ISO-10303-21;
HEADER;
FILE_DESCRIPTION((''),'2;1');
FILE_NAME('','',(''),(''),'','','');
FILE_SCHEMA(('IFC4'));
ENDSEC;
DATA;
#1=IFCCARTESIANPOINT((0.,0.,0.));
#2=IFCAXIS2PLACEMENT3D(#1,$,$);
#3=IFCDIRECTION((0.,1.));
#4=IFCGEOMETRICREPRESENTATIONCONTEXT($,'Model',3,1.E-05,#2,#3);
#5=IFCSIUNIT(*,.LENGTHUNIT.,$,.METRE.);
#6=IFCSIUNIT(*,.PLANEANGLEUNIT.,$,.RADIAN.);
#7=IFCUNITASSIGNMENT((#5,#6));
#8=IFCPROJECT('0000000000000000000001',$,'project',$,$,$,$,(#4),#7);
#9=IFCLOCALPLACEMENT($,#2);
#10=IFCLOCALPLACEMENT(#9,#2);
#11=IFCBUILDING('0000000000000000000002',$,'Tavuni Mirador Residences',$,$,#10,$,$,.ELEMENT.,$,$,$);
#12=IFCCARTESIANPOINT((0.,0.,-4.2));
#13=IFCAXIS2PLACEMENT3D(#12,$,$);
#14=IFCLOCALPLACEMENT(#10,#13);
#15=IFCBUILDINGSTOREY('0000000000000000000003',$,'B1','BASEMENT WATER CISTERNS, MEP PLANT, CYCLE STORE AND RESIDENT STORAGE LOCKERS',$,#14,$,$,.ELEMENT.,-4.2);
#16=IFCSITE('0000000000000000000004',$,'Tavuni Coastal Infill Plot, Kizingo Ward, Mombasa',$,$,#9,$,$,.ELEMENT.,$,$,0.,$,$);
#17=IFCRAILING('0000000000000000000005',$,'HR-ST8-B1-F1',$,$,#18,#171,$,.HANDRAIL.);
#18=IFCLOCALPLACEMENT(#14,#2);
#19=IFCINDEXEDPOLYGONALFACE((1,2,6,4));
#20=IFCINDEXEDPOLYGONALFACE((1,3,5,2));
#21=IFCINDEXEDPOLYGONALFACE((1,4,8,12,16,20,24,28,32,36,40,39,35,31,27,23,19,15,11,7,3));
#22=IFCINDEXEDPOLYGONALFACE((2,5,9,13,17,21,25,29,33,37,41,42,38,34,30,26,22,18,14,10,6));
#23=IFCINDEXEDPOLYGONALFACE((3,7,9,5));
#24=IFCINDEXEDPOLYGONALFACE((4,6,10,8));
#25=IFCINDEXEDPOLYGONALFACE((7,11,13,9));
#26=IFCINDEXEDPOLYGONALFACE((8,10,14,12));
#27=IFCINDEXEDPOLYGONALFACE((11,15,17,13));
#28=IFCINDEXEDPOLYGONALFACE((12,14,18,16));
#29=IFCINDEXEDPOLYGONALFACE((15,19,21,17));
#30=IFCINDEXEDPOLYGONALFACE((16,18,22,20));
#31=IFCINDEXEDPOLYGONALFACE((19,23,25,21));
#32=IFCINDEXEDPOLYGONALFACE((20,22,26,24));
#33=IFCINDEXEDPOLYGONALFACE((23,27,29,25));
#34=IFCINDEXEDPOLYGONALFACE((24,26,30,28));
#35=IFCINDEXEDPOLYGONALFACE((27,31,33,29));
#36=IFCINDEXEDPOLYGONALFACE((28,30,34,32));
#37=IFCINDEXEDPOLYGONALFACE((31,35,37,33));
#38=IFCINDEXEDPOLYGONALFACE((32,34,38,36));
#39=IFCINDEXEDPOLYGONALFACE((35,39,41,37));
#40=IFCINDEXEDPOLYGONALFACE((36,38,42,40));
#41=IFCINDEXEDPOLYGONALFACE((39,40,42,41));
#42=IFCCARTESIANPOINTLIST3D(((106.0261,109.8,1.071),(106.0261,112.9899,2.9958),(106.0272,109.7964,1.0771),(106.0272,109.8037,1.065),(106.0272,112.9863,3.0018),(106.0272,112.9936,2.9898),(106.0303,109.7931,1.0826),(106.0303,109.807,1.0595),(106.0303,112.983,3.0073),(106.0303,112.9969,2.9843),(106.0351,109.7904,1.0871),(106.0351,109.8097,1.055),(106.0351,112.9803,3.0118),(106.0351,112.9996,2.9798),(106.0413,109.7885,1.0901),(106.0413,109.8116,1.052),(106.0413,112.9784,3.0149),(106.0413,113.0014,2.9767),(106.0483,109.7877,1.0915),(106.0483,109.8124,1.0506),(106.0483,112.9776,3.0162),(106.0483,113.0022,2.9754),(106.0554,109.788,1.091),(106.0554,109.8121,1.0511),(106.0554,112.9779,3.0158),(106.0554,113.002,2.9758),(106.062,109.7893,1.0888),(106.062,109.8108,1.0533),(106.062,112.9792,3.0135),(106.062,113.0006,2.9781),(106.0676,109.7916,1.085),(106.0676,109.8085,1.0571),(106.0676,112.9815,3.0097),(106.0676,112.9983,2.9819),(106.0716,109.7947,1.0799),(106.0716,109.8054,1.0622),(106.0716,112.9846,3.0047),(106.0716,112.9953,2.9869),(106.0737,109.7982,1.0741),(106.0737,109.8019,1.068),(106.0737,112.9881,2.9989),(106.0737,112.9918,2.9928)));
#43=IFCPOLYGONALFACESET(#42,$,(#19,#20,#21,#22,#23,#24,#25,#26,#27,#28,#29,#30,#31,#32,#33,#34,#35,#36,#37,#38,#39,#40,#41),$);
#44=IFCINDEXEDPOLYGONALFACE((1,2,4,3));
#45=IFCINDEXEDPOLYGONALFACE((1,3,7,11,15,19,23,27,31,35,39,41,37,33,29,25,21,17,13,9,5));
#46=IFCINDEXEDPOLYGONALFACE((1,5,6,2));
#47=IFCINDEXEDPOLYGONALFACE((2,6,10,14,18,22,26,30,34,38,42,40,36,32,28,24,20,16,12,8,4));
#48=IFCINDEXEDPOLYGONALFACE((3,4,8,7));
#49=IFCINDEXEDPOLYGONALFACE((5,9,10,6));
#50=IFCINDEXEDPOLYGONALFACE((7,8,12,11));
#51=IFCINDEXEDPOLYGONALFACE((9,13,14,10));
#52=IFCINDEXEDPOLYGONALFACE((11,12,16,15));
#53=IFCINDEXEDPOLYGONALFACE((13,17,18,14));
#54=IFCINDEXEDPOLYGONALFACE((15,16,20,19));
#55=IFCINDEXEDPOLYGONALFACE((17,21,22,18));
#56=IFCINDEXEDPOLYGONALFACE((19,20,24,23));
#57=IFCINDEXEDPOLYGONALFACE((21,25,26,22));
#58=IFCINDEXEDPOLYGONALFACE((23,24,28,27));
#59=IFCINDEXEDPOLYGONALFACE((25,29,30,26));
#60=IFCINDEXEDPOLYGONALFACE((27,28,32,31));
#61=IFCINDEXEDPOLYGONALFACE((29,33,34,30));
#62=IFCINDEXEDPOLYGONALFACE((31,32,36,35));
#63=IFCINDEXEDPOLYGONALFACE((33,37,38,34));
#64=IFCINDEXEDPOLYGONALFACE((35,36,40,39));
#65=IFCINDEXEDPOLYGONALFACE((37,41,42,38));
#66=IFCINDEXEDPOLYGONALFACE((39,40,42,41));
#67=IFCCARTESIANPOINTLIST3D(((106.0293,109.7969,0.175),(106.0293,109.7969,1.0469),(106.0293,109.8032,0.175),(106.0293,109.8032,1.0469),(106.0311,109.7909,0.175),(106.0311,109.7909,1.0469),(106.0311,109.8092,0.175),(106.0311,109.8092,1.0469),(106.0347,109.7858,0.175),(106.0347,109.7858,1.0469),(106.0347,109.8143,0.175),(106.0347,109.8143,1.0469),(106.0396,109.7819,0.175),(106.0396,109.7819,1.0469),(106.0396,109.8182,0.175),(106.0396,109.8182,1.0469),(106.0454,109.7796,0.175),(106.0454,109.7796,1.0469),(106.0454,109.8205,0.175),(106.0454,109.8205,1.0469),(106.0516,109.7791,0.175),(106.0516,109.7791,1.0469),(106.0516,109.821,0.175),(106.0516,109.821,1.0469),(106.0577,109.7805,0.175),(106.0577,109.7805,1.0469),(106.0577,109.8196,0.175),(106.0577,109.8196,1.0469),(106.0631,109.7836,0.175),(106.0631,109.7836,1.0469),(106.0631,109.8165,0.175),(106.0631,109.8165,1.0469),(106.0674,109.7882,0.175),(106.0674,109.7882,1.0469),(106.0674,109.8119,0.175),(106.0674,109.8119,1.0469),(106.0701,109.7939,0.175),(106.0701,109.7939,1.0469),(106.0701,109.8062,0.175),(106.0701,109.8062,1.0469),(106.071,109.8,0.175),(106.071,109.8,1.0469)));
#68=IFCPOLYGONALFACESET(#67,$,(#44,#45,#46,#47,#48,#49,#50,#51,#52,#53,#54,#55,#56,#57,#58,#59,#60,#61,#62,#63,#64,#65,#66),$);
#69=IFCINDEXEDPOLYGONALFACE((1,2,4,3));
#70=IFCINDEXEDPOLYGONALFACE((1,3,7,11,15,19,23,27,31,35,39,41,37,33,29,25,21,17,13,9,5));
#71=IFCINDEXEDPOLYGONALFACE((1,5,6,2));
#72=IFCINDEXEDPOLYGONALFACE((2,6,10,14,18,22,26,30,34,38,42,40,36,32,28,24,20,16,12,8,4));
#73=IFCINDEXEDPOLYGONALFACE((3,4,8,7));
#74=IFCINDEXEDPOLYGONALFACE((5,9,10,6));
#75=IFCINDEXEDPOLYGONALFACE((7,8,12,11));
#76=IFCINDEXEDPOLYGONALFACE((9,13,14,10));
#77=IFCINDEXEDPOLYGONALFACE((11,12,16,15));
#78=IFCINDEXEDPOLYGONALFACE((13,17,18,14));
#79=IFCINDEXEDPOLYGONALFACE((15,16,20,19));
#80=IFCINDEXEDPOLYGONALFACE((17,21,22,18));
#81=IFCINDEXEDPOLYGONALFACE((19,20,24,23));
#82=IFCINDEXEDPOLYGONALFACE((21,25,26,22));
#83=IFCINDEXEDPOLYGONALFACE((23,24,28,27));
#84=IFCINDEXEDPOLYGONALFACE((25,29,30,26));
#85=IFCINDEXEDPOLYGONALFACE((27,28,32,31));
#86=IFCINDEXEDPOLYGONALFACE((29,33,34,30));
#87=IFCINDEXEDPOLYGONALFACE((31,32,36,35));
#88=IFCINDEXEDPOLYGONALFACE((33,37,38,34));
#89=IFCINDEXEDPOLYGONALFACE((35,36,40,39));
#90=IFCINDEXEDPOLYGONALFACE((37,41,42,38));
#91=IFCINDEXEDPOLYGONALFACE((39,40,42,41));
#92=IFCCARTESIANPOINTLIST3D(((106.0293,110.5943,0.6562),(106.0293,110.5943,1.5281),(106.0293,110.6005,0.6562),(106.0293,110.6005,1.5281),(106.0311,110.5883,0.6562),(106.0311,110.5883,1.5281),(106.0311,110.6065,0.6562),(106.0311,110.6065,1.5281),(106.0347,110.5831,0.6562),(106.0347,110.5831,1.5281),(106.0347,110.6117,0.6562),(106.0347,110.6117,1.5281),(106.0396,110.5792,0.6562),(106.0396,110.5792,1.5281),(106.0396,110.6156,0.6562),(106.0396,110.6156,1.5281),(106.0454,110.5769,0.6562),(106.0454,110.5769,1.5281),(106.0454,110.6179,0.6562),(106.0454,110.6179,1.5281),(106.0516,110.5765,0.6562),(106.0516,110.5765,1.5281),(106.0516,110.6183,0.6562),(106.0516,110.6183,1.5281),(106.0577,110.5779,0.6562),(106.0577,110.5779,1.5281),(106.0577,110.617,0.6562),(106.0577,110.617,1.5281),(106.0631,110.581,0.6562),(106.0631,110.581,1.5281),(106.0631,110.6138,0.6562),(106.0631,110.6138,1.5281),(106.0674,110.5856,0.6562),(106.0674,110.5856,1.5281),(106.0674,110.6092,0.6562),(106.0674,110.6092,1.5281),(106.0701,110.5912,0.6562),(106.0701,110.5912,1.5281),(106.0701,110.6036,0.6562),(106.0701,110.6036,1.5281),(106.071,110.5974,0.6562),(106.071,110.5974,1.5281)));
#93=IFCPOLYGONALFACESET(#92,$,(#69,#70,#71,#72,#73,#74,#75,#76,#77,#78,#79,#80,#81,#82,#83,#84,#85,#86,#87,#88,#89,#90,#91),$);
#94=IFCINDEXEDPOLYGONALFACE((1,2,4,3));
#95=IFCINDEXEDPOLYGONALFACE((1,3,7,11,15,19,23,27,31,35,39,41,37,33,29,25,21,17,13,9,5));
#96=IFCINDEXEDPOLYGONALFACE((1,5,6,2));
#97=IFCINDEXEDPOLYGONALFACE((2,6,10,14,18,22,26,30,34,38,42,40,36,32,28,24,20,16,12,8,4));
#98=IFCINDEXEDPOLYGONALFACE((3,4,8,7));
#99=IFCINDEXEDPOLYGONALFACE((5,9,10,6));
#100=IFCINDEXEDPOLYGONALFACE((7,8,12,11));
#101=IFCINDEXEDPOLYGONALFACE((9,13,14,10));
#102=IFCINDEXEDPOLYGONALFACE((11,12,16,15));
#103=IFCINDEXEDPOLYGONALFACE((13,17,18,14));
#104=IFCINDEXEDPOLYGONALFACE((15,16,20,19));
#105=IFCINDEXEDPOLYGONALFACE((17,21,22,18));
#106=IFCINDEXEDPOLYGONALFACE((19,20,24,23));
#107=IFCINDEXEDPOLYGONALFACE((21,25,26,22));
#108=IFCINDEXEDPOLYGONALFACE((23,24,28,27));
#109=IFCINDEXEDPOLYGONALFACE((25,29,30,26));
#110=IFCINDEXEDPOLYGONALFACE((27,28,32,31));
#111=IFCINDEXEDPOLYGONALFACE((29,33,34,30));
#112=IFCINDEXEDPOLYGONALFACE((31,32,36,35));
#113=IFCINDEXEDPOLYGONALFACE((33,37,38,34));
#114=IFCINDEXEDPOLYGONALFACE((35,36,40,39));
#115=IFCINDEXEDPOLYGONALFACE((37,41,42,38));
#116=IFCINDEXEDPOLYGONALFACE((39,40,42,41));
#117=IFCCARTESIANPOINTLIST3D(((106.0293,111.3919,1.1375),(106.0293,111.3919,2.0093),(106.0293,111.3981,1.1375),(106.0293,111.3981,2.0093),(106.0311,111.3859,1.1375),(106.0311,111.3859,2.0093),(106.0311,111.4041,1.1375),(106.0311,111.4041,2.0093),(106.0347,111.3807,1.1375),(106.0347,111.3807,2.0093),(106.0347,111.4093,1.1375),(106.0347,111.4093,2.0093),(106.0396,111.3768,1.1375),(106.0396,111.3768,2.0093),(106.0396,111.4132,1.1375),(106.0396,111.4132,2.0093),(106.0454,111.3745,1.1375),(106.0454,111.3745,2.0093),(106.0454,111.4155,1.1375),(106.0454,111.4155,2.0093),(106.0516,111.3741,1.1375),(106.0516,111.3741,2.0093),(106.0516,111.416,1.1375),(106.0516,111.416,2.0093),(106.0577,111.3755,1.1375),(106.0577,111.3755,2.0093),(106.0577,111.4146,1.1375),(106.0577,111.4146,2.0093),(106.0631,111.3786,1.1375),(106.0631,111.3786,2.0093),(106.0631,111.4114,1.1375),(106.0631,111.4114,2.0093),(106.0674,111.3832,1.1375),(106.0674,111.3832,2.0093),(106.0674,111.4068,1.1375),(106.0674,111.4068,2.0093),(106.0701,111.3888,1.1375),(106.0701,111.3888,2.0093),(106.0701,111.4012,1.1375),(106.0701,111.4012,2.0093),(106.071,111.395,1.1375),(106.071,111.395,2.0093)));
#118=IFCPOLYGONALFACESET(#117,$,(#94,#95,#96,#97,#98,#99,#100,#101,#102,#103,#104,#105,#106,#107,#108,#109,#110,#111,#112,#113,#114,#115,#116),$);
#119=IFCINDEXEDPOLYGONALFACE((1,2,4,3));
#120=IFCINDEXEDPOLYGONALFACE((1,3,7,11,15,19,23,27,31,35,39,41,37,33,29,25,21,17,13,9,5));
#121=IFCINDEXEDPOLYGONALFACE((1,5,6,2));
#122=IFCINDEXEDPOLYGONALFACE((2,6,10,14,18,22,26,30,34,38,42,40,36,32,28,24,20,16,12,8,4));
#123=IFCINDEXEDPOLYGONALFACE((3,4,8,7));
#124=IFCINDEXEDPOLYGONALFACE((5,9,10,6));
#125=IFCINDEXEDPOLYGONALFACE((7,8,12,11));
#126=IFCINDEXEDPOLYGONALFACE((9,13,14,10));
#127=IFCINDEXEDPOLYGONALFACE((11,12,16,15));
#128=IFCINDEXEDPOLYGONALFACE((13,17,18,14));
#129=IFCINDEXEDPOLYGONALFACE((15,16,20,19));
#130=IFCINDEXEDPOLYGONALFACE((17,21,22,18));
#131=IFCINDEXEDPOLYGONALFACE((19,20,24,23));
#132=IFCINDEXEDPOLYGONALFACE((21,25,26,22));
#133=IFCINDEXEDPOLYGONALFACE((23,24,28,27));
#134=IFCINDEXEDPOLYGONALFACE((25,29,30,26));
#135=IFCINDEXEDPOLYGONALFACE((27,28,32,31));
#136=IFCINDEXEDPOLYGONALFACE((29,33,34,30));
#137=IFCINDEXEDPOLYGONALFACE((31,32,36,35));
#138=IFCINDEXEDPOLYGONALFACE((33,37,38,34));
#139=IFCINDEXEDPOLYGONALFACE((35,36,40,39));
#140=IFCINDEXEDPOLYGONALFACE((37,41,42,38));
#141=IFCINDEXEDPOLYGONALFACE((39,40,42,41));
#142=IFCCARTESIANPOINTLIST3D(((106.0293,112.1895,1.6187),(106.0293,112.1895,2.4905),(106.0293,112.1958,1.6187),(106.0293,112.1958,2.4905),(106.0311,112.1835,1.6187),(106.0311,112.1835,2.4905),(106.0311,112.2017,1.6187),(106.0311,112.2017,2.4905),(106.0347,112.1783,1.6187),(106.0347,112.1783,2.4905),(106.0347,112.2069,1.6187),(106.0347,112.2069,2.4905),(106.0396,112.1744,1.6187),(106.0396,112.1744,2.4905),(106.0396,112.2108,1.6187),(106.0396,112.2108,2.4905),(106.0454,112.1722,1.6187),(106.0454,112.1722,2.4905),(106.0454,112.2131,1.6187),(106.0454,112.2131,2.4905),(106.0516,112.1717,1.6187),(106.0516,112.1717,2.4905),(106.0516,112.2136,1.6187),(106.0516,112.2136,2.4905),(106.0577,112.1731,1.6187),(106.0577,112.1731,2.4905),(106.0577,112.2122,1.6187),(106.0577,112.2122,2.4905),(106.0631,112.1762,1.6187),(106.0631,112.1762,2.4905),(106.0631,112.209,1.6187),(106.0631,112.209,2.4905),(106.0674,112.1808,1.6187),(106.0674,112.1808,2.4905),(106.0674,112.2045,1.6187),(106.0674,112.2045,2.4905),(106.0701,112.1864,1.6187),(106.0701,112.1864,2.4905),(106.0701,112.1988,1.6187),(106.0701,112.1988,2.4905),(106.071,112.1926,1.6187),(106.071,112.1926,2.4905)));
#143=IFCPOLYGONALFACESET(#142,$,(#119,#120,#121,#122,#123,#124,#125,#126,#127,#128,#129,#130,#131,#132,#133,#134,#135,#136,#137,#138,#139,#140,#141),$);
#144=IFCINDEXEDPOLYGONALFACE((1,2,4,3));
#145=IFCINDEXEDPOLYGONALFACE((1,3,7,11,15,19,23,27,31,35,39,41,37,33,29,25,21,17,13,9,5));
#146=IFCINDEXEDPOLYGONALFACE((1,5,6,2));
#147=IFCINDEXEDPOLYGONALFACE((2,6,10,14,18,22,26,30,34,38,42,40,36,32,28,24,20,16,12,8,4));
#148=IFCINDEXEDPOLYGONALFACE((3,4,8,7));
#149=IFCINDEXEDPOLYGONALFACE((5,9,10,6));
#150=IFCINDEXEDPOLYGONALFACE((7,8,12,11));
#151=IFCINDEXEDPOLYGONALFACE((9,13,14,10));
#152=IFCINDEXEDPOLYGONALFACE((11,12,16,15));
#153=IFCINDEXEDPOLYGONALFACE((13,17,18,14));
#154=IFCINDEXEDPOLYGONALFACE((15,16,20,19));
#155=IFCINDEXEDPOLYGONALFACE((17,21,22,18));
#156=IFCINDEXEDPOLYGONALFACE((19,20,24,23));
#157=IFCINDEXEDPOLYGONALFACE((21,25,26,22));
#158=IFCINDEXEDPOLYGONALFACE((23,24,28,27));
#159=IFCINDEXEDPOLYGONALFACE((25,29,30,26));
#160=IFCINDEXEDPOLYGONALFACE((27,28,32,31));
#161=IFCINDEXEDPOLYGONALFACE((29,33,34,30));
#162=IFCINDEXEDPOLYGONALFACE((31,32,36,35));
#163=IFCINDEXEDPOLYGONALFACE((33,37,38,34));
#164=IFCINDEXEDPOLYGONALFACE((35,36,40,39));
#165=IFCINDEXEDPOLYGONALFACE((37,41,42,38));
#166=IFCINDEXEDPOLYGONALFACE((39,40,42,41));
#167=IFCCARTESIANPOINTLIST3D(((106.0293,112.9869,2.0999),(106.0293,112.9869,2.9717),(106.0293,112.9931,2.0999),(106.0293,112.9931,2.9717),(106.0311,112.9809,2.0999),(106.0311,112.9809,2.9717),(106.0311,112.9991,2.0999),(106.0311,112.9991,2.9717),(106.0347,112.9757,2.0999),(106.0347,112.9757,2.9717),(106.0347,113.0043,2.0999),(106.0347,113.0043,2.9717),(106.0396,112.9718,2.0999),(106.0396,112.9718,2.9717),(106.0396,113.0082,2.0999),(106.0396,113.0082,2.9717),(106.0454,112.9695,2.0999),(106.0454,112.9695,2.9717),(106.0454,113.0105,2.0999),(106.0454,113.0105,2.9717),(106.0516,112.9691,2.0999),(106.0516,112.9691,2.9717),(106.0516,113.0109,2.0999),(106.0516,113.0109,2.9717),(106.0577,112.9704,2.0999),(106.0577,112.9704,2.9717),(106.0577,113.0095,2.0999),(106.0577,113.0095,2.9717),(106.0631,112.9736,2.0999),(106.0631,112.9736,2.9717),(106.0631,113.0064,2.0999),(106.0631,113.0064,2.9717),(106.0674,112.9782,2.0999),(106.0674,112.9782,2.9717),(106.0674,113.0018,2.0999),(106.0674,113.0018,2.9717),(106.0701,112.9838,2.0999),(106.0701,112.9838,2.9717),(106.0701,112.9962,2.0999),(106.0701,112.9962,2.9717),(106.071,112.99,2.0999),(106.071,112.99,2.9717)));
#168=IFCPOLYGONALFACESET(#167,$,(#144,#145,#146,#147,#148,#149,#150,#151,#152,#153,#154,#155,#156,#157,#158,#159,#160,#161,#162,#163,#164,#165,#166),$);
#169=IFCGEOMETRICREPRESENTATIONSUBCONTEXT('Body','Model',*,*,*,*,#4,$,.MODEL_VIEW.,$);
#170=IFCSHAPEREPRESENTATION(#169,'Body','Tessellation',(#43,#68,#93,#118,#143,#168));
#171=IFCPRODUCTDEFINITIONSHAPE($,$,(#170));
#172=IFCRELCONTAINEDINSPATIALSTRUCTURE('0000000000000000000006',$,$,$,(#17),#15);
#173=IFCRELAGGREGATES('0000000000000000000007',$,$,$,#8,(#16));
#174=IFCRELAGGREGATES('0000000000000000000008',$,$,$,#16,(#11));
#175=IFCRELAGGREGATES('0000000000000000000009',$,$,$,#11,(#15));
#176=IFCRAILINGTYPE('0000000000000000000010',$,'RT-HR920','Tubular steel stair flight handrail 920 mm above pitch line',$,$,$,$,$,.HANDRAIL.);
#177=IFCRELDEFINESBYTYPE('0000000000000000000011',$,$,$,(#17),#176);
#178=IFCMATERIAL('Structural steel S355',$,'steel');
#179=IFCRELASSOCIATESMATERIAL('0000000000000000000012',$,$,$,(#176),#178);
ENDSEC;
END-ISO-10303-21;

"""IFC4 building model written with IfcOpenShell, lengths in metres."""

from ifc_helpers import new_model, si_unit, direction, frame, origin, origin_2d, place, context, subcontext, project, spatial, circle, extrude, material, type_object, element, save


model = new_model("IFC4")

# Units and contexts
model_context = context("Model", 3, precision=1e-05, world=origin(), true_north=direction((0.0, 1.0)))
body_context = subcontext(model_context, "Body", "Model", "MODEL_VIEW")
ifc_project = project(units=[si_unit("LENGTHUNIT", "METRE"), si_unit("PLANEANGLEUNIT", "RADIAN")], contexts=[model_context])

# Site, building, storey
site_placement = place(None, origin())
site = spatial("IfcSite", under=ifc_project, at=site_placement, Name="Tavuni Coastal Infill Plot, Kizingo Ward, Mombasa", CompositionType="ELEMENT", RefElevation=0.0)
building_placement = place(site_placement, origin())
building = spatial("IfcBuilding", under=site, at=building_placement, Name="Tavuni Mirador Residences", CompositionType="ELEMENT")
storey_placement = place(building_placement, frame((0.0, 0.0, -4.2)))
storey = spatial("IfcBuildingStorey", under=building, at=storey_placement, Name="B1", Description="BASEMENT WATER CISTERNS, MEP PLANT, CYCLE STORE AND RESIDENT STORAGE LOCKERS", CompositionType="ELEMENT", Elevation=-4.2)

# Shared definitions
ifc_material_1 = material(Name="Structural steel S355", Category="steel")

# Railing
railing_type_1 = type_object("IfcRailingType", Name="RT-HR920", Description="Tubular steel stair flight handrail 920 mm above pitch line", PredefinedType="HANDRAIL", material=ifc_material_1)
railing_1_placement = place(storey_placement, frame((106.05, 109.8, 0.175)))
element("IfcRailing", 1, at=railing_1_placement, inside=storey, type_object=railing_type_1, Name="HR-ST8-B1-F1", PredefinedType="HANDRAIL", context=body_context, shape_type="SweptSolid", body=[
    extrude(circle(Radius=0.0239, at=origin_2d()), frame((0.0, 0.0, 0.896), z_axis=(0.0, 0.856207, 0.516633), x_axis=(-1.0, 0.0, 0.0)), (0.0, 0.0, 1.0), 3.7256),
    extrude(circle(Radius=0.021, at=origin_2d()), origin(), (0.0, 0.0, 1.0), 0.8718),
    extrude(circle(Radius=0.021, at=origin_2d()), frame((0.0, 0.7974, 0.4812)), (0.0, 0.0, 1.0), 0.8718),
    extrude(circle(Radius=0.021, at=origin_2d()), frame((0.0, 1.595, 0.9624)), (0.0, 0.0, 1.0), 0.8718),
    extrude(circle(Radius=0.021, at=origin_2d()), frame((0.0, 2.3926, 1.4436)), (0.0, 0.0, 1.0), 0.8718),
    extrude(circle(Radius=0.021, at=origin_2d()), frame((0.0, 3.1899, 1.9248)), (0.0, 0.0, 1.0), 0.8718),
])

save(model, "model.ifc")
